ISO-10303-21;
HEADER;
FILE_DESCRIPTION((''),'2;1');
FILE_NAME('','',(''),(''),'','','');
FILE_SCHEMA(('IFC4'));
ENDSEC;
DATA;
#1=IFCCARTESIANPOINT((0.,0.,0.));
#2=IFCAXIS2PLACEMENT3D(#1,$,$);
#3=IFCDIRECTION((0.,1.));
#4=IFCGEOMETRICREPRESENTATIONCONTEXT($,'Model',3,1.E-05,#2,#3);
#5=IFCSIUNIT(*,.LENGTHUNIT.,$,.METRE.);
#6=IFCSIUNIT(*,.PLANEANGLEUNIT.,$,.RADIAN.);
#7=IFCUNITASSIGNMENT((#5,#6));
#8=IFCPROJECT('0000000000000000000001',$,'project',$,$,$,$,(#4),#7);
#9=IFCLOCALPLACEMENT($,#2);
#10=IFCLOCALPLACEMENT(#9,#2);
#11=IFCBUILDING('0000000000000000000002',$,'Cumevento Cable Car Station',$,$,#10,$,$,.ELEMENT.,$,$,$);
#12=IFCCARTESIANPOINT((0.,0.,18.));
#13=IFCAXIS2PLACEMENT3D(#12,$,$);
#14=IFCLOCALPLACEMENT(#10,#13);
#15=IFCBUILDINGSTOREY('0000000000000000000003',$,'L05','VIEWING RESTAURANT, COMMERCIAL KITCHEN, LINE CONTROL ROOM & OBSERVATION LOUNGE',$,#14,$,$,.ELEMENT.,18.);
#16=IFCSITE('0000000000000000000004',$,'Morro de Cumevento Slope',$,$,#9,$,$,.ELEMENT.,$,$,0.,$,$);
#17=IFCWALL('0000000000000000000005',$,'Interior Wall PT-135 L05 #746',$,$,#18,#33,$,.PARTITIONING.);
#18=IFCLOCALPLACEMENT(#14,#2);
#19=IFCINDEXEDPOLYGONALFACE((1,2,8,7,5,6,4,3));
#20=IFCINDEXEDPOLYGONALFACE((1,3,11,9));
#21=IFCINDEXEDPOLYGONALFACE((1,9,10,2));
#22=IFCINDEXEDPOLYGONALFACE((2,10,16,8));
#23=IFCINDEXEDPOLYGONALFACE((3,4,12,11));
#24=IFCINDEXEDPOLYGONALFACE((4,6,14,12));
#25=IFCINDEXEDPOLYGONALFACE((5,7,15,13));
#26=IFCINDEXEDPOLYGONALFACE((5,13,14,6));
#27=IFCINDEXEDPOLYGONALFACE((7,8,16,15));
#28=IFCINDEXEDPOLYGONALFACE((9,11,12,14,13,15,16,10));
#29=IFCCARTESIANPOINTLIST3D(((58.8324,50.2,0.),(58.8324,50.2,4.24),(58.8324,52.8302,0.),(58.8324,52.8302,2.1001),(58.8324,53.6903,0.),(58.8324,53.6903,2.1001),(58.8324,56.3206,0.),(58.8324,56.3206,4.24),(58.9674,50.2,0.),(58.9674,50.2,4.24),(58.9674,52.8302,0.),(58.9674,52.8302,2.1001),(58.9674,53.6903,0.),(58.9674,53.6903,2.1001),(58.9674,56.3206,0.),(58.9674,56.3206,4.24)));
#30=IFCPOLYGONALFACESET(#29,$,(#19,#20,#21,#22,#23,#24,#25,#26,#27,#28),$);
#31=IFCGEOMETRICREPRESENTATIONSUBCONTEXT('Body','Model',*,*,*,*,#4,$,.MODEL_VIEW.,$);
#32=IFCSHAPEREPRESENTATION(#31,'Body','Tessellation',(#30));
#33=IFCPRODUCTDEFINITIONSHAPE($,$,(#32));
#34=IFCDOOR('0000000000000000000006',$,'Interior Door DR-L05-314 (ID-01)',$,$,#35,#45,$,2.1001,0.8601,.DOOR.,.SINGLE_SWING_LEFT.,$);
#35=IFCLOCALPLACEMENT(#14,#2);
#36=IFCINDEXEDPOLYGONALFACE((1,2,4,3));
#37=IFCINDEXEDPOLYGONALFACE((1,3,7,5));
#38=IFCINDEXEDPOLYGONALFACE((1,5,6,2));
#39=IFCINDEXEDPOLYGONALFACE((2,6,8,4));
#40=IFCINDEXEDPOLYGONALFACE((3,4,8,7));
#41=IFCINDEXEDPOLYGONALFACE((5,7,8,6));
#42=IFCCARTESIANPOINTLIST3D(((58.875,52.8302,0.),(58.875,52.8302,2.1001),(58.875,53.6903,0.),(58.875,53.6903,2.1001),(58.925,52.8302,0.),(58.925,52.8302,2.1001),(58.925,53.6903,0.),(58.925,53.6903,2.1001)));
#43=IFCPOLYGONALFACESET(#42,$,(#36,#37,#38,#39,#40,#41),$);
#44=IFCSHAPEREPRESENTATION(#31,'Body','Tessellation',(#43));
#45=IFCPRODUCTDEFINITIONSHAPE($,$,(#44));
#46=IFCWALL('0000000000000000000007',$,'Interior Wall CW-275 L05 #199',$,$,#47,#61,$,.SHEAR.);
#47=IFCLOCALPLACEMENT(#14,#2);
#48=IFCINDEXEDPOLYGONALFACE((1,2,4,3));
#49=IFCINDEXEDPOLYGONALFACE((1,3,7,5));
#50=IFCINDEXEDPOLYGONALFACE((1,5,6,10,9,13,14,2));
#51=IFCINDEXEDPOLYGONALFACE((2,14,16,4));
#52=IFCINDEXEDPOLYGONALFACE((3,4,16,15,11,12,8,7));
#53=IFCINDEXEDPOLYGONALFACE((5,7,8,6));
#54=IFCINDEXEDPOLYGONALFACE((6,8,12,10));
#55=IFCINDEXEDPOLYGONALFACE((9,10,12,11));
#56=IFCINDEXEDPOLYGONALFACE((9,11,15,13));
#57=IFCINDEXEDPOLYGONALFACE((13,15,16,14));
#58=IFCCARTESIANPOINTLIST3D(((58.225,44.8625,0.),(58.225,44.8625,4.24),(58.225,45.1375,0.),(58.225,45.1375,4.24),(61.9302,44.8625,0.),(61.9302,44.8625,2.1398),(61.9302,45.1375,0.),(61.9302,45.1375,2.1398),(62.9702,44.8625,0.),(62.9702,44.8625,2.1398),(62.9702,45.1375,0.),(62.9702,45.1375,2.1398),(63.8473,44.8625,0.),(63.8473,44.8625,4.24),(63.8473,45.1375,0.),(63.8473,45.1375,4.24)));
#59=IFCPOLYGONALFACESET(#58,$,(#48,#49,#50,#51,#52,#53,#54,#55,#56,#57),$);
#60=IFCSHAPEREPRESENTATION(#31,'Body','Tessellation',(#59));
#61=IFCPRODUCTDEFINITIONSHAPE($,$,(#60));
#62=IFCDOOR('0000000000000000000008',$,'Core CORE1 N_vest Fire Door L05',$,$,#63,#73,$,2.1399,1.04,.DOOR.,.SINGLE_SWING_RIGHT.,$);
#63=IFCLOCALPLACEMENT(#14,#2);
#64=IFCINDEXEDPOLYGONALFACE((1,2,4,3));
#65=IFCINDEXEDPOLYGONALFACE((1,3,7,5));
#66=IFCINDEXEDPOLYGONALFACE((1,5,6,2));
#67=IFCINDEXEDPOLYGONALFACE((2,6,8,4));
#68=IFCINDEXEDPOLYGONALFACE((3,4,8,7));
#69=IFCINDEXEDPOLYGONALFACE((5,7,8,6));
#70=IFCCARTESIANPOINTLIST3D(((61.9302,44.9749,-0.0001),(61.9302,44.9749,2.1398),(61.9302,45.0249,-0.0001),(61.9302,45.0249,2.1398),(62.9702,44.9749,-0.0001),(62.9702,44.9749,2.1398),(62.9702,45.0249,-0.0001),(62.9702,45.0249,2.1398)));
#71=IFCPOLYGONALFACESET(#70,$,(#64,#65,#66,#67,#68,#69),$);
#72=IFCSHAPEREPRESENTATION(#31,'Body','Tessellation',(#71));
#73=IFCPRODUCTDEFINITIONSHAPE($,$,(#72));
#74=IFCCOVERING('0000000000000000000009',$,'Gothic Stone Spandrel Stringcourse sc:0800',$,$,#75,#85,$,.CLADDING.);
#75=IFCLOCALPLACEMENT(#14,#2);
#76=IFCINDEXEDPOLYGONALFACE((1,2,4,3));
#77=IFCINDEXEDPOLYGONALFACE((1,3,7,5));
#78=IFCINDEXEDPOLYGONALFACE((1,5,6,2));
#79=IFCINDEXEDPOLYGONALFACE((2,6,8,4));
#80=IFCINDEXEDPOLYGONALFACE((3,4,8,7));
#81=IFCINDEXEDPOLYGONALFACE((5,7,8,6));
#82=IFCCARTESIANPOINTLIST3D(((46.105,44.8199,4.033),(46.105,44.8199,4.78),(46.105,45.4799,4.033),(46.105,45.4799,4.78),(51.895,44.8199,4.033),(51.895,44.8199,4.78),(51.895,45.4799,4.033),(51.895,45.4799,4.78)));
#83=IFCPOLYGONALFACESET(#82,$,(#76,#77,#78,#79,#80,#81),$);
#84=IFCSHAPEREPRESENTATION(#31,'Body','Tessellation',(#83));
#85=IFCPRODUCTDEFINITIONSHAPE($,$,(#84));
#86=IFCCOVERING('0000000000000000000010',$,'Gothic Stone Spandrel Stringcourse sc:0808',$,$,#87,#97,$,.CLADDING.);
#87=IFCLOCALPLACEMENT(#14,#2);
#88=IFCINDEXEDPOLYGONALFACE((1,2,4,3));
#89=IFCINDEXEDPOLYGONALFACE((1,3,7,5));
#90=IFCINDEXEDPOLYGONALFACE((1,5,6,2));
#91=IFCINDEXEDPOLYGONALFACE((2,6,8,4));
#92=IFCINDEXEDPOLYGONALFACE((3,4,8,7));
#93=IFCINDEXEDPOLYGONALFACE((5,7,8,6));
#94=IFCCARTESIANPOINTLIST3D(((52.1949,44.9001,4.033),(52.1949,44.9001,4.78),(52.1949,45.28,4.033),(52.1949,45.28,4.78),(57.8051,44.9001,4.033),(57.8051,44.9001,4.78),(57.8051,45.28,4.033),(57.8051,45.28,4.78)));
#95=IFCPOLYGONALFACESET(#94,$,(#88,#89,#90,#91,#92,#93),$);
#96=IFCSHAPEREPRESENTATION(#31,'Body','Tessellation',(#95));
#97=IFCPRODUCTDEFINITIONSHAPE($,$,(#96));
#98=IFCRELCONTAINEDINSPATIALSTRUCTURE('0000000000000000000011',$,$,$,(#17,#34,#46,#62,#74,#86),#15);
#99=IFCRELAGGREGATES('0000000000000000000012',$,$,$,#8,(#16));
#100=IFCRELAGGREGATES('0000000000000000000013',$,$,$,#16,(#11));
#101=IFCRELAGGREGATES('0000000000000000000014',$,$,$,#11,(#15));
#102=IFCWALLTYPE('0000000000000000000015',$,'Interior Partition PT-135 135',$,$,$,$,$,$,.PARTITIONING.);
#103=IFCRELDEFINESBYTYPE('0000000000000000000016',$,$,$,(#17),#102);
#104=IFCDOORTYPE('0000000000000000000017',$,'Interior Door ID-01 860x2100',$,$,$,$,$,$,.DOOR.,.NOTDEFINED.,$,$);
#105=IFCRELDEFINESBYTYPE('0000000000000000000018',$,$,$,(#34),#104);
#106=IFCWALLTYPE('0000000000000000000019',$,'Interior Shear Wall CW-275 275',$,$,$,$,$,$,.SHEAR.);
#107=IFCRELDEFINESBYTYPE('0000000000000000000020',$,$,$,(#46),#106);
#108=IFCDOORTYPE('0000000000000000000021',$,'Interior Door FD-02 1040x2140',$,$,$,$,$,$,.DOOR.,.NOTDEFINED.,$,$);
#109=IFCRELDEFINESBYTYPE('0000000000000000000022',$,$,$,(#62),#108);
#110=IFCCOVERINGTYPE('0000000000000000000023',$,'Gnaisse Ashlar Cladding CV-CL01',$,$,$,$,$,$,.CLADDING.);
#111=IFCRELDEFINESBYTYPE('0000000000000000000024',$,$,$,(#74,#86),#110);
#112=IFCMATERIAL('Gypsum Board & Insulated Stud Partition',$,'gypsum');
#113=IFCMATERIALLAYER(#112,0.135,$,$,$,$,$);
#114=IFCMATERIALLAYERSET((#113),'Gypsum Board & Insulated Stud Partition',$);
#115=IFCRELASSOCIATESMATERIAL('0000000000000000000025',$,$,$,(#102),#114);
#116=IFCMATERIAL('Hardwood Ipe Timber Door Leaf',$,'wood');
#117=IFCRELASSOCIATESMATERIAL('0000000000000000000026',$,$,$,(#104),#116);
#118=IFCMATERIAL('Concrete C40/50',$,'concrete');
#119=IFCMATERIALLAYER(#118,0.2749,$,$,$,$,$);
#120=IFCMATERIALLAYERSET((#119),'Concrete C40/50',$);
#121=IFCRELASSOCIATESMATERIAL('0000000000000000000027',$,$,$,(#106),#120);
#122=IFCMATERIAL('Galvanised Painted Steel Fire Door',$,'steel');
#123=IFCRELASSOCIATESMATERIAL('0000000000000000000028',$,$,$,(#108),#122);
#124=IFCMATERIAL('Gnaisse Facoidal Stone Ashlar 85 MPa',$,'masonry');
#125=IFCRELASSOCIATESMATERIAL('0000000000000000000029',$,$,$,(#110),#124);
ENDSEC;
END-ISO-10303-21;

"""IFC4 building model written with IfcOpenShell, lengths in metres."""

from ifc_helpers import new_model, si_unit, direction, frame, frame_2d, origin, origin_2d, place, context, subcontext, project, spatial, rectangle, extrude, material, layer, layer_set, type_object, element, fill, save


model = new_model("IFC4")

# Units and contexts
model_context = context("Model", 3, precision=1e-05, world=origin(), true_north=direction((0.0, 1.0)))
body_context = subcontext(model_context, "Body", "Model", "MODEL_VIEW")
ifc_project = project(units=[si_unit("LENGTHUNIT", "METRE"), si_unit("PLANEANGLEUNIT", "RADIAN")], contexts=[model_context])

# Site, building, storey
site_placement = place(None, origin())
site = spatial("IfcSite", under=ifc_project, at=site_placement, Name="Morro de Cumevento Slope", CompositionType="ELEMENT", RefElevation=0.0)
building_placement = place(site_placement, origin())
building = spatial("IfcBuilding", under=site, at=building_placement, Name="Cumevento Cable Car Station", CompositionType="ELEMENT")
storey_placement = place(building_placement, frame((0.0, 0.0, 18.0)))
storey = spatial("IfcBuildingStorey", under=building, at=storey_placement, Name="L05", Description="VIEWING RESTAURANT, COMMERCIAL KITCHEN, LINE CONTROL ROOM & OBSERVATION LOUNGE", CompositionType="ELEMENT", Elevation=18.0)

# Walls, openings, doors
ifc_material_1 = material(Name="Gypsum Board & Insulated Stud Partition", Category="gypsum")
ifc_layer_1 = layer(ifc_material_1, 0.135)
ifc_layer_set_1 = layer_set([ifc_layer_1], Name="Gypsum Board & Insulated Stud Partition")
wall_type_1 = type_object("IfcWallType", Name="Interior Partition PT-135 135", PredefinedType="PARTITIONING", material=ifc_layer_set_1)
wall_1_placement = place(storey_placement, frame((58.8999, 50.2, 0.0), z_axis=(0.0, 0.0, 1.0), x_axis=(0.0, 1.0, 0.0)))
wall_1 = element("IfcWall", 1, at=wall_1_placement, inside=storey, type_object=wall_type_1, Name="Interior Wall PT-135 L05 #746", PredefinedType="PARTITIONING", context=body_context, shape_type="SweptSolid", body=[
    extrude(rectangle(XDim=6.1206, YDim=0.135, at=frame_2d((3.0603, 0.0))), origin(), (0.0, 0.0, 1.0), 4.24),
])
opening_1_placement = place(wall_1_placement, frame((2.6301, 0.0, 0.0)))
opening_1 = element("IfcOpeningElement", 2, at=opening_1_placement, cuts=wall_1, PredefinedType="OPENING", context=body_context, shape_type="SweptSolid", body=[
    extrude(rectangle(XDim=0.8601, YDim=2.1001, at=frame_2d((0.4302, 1.05))), frame((0.0, 0.0774, 0.0), z_axis=(0.0, -1.0, 0.0), x_axis=(1.0, 0.0, 0.0)), (0.0, 0.0, 1.0), 0.155),
])
ifc_material_2 = material(Name="Hardwood Ipe Timber Door Leaf", Category="wood")
door_type_1 = type_object("IfcDoorType", Name="Interior Door ID-01 860x2100", OperationType="NOTDEFINED", PredefinedType="DOOR", material=ifc_material_2)
door_1_placement = place(opening_1_placement, origin())
door_1 = element("IfcDoor", 3, at=door_1_placement, inside=storey, type_object=door_type_1, Name="Interior Door DR-L05-314 (ID-01)", OperationType="SINGLE_SWING_LEFT", OverallHeight=2.1001, OverallWidth=0.8601, PredefinedType="DOOR", context=body_context, shape_type="SweptSolid", body=[
    extrude(rectangle(XDim=0.8601, YDim=2.1001, at=frame_2d((0.4302, 1.05))), frame((0.0, 0.0249, 0.0), z_axis=(0.0, -1.0, 0.0), x_axis=(1.0, 0.0, 0.0)), (0.0, 0.0, 1.0), 0.05),
])
fill(opening_1, door_1)
ifc_material_3 = material(Name="Concrete C40/50", Category="concrete")
ifc_layer_2 = layer(ifc_material_3, 0.2749)
ifc_layer_set_2 = layer_set([ifc_layer_2], Name="Concrete C40/50")
wall_type_2 = type_object("IfcWallType", Name="Interior Shear Wall CW-275 275", PredefinedType="SHEAR", material=ifc_layer_set_2)
wall_2_placement = place(storey_placement, frame((58.2251, 45.0, 0.0), z_axis=(0.0, 0.0, 1.0), x_axis=(1.0, 0.0, 0.0)))
wall_2 = element("IfcWall", 4, at=wall_2_placement, inside=storey, type_object=wall_type_2, Name="Interior Wall CW-275 L05 #199", PredefinedType="SHEAR", context=body_context, shape_type="SweptSolid", body=[
    extrude(rectangle(XDim=5.6223, YDim=0.2749, at=frame_2d((2.811, 0.0))), origin(), (0.0, 0.0, 1.0), 4.24),
])
opening_2_placement = place(wall_2_placement, frame((3.7051, 0.0, 0.0)))
opening_2 = element("IfcOpeningElement", 5, at=opening_2_placement, cuts=wall_2, PredefinedType="OPENING", context=body_context, shape_type="SweptSolid", body=[
    extrude(rectangle(XDim=1.04, YDim=2.1399, at=frame_2d((0.52, 1.0698))), frame((0.0, 0.1475, 0.0), z_axis=(0.0, -1.0, 0.0), x_axis=(1.0, 0.0, 0.0)), (0.0, 0.0, 1.0), 0.2949),
])
ifc_material_4 = material(Name="Galvanised Painted Steel Fire Door", Category="steel")
door_type_2 = type_object("IfcDoorType", Name="Interior Door FD-02 1040x2140", OperationType="NOTDEFINED", PredefinedType="DOOR", material=ifc_material_4)
door_2_placement = place(opening_2_placement, origin())
door_2 = element("IfcDoor", 6, at=door_2_placement, inside=storey, type_object=door_type_2, Name="Core CORE1 N_vest Fire Door L05", OperationType="SINGLE_SWING_RIGHT", OverallHeight=2.1399, OverallWidth=1.04, PredefinedType="DOOR", context=body_context, shape_type="SweptSolid", body=[
    extrude(rectangle(XDim=1.04, YDim=2.1399, at=frame_2d((0.52, 1.0698))), frame((0.0, 0.0249, 0.0), z_axis=(0.0, -1.0, 0.0), x_axis=(1.0, 0.0, 0.0)), (0.0, 0.0, 1.0), 0.05),
])
fill(opening_2, door_2)

# Coverings
ifc_material_5 = material(Name="Gnaisse Facoidal Stone Ashlar 85 MPa", Category="masonry")
covering_type = type_object("IfcCoveringType", Name="Gnaisse Ashlar Cladding CV-CL01", PredefinedType="CLADDING", material=ifc_material_5)
covering_1_placement = place(storey_placement, frame((49.0, 45.1499, 4.033), z_axis=(0.0, 0.0, 1.0), x_axis=(-1.0, 0.0, 0.0)))
element("IfcCovering", 7, at=covering_1_placement, inside=storey, type_object=covering_type, Name="Gothic Stone Spandrel Stringcourse sc:0800", PredefinedType="CLADDING", context=body_context, shape_type="SweptSolid", body=[
    extrude(rectangle(XDim=5.79, YDim=0.6599, at=origin_2d()), origin(), (0.0, 0.0, 1.0), 0.7471),
])
covering_2_placement = place(storey_placement, frame((55.0, 45.0901, 4.033), z_axis=(0.0, 0.0, 1.0), x_axis=(-1.0, 0.0, 0.0)))
element("IfcCovering", 8, at=covering_2_placement, inside=storey, type_object=covering_type, Name="Gothic Stone Spandrel Stringcourse sc:0808", PredefinedType="CLADDING", context=body_context, shape_type="SweptSolid", body=[
    extrude(rectangle(XDim=5.6101, YDim=0.3799, at=origin_2d()), origin(), (0.0, 0.0, 1.0), 0.7471),
])

save(model, "model.ifc")
